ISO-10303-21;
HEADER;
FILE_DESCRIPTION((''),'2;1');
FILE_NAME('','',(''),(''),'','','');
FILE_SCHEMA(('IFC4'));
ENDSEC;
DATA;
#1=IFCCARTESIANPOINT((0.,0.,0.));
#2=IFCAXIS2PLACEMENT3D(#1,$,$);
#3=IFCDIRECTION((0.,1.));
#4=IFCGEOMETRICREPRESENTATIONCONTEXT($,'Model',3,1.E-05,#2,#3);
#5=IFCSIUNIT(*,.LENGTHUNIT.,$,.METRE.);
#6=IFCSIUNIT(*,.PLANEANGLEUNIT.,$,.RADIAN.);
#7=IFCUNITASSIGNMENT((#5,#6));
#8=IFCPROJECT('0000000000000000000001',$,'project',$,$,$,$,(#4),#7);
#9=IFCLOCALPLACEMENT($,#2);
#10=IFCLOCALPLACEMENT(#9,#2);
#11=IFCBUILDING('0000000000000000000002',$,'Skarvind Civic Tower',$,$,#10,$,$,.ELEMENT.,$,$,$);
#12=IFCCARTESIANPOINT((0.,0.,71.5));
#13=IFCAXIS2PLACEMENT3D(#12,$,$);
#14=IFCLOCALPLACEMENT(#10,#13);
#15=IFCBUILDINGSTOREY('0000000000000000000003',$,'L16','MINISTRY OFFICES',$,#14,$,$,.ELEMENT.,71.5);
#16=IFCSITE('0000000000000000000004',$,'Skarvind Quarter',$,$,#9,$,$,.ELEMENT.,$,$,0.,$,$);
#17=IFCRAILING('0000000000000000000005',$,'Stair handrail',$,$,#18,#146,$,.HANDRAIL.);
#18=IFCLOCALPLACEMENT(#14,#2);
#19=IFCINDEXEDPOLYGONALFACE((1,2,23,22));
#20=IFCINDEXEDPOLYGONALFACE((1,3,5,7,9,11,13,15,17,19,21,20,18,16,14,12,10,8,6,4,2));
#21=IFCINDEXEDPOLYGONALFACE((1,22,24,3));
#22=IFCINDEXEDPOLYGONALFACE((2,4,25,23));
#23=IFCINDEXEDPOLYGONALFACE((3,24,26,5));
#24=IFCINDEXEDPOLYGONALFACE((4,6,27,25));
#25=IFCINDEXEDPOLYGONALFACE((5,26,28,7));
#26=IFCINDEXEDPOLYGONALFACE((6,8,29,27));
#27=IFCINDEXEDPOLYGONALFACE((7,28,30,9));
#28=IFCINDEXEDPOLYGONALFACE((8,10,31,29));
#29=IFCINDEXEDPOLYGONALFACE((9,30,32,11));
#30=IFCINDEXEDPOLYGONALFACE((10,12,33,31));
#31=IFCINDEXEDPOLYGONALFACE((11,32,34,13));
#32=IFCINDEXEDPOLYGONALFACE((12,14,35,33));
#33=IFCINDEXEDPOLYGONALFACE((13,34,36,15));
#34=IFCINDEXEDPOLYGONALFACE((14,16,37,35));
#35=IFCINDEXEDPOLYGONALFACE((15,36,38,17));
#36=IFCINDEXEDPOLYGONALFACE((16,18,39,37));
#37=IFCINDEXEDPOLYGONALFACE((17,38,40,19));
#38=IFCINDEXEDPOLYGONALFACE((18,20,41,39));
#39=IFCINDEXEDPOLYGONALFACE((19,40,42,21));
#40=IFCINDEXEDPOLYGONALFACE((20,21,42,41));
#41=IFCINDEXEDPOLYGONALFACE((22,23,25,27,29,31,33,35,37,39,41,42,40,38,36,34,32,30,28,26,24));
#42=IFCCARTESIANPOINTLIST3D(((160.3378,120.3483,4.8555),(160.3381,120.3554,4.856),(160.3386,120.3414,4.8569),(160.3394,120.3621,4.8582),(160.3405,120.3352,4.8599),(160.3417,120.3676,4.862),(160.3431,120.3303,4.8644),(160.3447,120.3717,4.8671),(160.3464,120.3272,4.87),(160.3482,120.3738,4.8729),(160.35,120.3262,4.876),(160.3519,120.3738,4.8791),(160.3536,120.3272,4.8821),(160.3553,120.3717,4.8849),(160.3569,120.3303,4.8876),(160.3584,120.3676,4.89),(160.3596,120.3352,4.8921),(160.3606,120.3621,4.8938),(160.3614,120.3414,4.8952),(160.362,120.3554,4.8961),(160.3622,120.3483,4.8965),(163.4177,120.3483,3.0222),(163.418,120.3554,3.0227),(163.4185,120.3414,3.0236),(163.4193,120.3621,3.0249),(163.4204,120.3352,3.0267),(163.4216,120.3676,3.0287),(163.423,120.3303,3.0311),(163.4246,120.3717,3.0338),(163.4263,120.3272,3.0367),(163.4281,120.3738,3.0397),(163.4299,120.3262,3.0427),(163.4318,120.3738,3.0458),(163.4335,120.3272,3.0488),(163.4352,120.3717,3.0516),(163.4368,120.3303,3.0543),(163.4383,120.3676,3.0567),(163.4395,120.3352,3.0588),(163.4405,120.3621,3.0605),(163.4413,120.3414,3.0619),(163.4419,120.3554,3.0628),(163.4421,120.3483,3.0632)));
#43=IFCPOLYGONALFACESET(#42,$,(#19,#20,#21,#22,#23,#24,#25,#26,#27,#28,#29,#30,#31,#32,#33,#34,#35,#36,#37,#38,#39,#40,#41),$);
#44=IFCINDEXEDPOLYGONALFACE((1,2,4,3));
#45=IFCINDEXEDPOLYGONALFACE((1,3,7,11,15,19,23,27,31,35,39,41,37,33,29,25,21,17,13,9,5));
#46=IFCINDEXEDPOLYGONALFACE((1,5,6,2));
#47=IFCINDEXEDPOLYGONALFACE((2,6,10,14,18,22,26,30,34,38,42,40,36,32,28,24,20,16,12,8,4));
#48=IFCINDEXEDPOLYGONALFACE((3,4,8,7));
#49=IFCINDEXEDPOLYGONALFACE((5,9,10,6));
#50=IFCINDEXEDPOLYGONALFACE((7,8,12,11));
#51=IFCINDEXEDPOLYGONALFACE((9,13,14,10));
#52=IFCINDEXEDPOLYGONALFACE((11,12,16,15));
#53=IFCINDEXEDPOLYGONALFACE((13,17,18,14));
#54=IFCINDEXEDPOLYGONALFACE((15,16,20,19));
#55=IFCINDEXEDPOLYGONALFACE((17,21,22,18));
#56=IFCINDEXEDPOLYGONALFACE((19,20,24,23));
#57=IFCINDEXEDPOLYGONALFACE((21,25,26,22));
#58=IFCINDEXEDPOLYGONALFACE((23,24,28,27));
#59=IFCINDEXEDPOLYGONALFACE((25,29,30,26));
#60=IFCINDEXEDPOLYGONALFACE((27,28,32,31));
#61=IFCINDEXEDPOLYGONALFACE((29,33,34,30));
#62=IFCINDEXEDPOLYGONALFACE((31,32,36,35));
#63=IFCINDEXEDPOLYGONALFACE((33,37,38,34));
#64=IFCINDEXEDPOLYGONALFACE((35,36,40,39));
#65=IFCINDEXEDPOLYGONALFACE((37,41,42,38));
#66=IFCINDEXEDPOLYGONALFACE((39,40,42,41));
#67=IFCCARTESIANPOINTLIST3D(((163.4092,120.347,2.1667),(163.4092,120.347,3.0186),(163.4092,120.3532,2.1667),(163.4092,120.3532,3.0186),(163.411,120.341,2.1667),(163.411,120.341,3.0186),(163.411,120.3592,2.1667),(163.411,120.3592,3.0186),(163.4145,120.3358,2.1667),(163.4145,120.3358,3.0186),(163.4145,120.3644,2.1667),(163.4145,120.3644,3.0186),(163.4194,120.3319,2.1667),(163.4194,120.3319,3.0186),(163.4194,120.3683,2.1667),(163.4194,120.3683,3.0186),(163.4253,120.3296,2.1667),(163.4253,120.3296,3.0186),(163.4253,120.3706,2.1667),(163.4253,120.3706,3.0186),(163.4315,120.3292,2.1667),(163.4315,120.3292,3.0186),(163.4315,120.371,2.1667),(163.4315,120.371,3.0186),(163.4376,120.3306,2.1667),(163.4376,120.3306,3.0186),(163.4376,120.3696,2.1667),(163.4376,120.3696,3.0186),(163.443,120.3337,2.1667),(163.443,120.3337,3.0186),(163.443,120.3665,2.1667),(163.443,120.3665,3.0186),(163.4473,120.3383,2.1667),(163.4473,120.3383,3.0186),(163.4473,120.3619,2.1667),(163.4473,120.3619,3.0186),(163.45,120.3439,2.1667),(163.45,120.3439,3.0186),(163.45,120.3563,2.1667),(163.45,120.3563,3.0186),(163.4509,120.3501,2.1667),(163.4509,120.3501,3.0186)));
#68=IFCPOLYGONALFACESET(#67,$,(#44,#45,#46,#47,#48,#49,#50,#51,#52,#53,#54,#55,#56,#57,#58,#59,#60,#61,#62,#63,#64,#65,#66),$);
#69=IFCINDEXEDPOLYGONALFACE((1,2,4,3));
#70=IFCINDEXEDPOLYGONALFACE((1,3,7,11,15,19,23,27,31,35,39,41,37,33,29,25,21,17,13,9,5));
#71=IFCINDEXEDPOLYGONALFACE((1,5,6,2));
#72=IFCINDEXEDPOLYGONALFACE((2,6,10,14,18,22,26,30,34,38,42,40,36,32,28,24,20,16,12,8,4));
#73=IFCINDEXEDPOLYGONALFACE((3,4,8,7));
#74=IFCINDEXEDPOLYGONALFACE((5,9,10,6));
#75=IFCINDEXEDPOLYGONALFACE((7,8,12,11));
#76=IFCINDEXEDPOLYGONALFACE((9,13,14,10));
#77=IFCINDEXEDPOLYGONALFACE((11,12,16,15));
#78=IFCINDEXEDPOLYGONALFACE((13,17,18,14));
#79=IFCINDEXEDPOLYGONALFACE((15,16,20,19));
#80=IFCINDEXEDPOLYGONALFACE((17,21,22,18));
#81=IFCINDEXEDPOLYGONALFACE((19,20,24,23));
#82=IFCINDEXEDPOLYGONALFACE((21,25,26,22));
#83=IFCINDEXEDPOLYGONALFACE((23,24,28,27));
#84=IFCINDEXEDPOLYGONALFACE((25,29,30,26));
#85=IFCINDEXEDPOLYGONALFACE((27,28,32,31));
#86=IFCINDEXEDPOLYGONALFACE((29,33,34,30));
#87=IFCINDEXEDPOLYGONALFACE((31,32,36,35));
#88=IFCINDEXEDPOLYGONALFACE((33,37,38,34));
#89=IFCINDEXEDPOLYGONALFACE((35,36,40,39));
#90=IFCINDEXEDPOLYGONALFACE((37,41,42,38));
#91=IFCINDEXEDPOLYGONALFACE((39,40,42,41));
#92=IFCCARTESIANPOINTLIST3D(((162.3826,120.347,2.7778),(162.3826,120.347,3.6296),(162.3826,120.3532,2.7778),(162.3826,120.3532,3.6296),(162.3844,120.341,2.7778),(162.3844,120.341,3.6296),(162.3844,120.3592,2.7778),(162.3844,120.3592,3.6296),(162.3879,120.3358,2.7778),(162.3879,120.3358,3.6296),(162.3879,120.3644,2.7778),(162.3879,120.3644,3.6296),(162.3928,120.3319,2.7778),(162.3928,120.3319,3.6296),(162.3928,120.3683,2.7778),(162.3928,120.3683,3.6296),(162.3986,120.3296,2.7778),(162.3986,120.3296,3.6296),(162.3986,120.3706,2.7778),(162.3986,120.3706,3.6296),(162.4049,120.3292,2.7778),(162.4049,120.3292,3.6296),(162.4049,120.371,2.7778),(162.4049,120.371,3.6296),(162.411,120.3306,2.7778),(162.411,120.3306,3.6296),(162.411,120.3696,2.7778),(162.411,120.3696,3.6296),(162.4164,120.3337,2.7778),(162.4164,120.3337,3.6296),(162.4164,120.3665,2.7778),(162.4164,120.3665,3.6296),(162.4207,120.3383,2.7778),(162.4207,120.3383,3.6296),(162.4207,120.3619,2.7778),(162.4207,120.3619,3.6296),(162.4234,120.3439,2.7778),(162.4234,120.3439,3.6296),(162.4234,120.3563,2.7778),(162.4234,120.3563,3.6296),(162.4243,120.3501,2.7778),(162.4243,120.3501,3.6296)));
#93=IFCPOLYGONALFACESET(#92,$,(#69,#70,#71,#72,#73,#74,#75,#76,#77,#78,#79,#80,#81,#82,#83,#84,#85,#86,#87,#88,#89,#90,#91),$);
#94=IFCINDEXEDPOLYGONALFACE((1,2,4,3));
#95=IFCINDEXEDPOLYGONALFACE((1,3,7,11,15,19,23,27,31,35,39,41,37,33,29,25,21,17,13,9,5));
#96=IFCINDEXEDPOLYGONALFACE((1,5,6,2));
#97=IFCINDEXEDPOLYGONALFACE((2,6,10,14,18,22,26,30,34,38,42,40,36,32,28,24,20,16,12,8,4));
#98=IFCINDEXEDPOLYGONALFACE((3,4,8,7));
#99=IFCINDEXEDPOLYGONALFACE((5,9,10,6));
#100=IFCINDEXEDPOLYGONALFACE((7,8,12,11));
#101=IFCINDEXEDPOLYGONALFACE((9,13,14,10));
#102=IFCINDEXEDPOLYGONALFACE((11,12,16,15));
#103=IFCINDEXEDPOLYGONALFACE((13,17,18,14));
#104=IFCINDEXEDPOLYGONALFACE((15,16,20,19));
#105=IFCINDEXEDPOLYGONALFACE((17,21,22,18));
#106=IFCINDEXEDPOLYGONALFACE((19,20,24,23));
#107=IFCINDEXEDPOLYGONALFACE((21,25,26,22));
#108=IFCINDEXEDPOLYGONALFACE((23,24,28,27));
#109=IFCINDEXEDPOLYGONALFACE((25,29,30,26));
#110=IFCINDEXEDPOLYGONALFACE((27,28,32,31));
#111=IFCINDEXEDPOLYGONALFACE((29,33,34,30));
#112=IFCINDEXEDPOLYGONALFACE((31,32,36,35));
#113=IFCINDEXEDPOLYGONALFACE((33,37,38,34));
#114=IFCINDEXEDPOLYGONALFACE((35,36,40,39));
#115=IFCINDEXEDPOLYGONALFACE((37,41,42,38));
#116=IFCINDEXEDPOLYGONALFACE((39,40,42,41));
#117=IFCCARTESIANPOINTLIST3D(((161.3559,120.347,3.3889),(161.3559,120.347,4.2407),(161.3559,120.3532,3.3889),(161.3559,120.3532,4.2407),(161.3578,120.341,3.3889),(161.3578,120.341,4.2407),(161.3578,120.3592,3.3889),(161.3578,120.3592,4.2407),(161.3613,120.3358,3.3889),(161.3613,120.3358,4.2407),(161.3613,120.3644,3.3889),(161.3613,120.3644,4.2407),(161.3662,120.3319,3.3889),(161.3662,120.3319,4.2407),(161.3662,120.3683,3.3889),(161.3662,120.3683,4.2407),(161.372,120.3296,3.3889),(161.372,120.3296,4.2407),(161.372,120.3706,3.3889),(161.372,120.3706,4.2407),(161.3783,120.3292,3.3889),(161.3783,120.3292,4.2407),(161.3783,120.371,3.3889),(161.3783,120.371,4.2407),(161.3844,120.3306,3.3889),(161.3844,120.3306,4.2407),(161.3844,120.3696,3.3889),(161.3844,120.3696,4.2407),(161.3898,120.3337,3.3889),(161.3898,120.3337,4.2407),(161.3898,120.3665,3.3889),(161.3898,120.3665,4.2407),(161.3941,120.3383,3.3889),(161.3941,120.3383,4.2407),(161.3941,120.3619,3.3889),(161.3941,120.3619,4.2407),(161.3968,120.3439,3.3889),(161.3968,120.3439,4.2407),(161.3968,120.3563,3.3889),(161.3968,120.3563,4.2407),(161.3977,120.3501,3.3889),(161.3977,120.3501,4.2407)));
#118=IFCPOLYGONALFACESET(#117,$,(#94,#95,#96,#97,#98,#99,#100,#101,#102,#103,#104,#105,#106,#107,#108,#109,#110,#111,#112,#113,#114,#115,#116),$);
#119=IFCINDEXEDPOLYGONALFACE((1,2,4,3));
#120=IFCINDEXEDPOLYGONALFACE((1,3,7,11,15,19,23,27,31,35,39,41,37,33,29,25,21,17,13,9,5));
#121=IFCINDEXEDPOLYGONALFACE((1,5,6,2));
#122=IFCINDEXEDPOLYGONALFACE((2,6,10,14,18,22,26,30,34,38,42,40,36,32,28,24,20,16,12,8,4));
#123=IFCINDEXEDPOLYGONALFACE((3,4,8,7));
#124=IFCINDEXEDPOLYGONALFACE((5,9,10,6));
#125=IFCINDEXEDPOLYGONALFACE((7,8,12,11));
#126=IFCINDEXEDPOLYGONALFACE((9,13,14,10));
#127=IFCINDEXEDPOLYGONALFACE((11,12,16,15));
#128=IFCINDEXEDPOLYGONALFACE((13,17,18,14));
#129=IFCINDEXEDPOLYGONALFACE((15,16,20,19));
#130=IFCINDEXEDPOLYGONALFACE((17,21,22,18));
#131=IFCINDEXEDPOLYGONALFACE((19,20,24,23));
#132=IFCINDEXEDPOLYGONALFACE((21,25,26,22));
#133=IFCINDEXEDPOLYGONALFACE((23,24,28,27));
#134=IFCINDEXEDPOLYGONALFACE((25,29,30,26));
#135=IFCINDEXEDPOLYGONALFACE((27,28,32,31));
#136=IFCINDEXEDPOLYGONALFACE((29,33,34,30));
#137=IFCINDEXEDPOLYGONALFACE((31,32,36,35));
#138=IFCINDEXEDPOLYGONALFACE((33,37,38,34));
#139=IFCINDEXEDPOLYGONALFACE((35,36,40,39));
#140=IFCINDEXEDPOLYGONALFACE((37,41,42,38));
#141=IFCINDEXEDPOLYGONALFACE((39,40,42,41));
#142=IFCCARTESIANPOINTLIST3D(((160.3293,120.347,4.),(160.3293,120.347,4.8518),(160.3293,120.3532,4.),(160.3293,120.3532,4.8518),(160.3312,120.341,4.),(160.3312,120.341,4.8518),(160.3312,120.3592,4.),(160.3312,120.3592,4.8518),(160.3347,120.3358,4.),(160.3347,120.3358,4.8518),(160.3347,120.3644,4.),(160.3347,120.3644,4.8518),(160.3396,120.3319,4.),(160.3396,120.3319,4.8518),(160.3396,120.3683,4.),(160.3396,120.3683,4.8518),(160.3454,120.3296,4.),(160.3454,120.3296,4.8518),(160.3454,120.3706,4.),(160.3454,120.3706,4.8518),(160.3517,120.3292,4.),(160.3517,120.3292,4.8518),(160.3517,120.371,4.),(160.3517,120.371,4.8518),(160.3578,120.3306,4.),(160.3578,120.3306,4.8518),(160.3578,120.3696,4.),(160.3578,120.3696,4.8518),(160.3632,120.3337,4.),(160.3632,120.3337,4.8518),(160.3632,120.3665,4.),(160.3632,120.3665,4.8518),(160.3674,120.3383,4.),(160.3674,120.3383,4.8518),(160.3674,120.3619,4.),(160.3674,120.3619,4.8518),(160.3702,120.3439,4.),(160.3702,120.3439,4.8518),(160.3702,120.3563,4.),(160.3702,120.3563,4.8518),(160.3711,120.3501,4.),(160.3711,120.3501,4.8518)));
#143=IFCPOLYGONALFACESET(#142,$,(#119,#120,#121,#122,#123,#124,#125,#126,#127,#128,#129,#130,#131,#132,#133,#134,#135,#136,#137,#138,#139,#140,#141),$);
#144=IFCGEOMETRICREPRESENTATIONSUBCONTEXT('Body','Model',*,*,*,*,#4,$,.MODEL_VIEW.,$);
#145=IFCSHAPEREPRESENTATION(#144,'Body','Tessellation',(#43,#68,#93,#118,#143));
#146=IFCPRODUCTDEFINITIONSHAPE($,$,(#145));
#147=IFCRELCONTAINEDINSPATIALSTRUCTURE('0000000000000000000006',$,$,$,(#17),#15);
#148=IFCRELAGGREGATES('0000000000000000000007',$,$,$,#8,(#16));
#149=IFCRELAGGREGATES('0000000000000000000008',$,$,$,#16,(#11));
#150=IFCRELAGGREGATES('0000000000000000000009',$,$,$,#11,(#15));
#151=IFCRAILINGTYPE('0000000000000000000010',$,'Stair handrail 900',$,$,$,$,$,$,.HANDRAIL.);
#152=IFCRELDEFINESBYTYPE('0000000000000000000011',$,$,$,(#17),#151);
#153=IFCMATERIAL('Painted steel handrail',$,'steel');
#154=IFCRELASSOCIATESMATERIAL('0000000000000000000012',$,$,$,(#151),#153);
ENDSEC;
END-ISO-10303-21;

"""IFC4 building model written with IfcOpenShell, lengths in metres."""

from ifc_helpers import new_model, si_unit, direction, frame, origin, origin_2d, place, context, subcontext, project, spatial, circle, extrude, material, type_object, element, save


model = new_model("IFC4")

# Units and contexts
model_context = context("Model", 3, precision=1e-05, world=origin(), true_north=direction((0.0, 1.0)))
body_context = subcontext(model_context, "Body", "Model", "MODEL_VIEW")
ifc_project = project(units=[si_unit("LENGTHUNIT", "METRE"), si_unit("PLANEANGLEUNIT", "RADIAN")], contexts=[model_context])

# Site, building, storey
site_placement = place(None, origin())
site = spatial("IfcSite", under=ifc_project, at=site_placement, Name="Skarvind Quarter", CompositionType="ELEMENT", RefElevation=0.0)
building_placement = place(site_placement, origin())
building = spatial("IfcBuilding", under=site, at=building_placement, Name="Skarvind Civic Tower", CompositionType="ELEMENT")
storey_placement = place(building_placement, frame((0.0, 0.0, 71.5)))
storey = spatial("IfcBuildingStorey", under=building, at=storey_placement, Name="L16", Description="MINISTRY OFFICES", CompositionType="ELEMENT", Elevation=71.5)

# Railing
ifc_material_1 = material(Name="Painted steel handrail", Category="steel")
railing_type = type_object("IfcRailingType", Name="Stair handrail 900", PredefinedType="HANDRAIL", material=ifc_material_1)
railing_placement = place(storey_placement, frame((163.4299, 120.3501, 2.1667)))
element("IfcRailing", 1, at=railing_placement, inside=storey, type_object=railing_type, Name="Stair handrail", PredefinedType="HANDRAIL", context=body_context, shape_type="SweptSolid", body=[
    extrude(circle(Radius=0.0239, at=origin_2d()), frame((0.0, 0.0, 0.876), z_axis=(-0.859291, 0.0, 0.511487), x_axis=(0.0, -1.0, 0.0)), (0.0, 0.0, 1.0), 3.5842),
    extrude(circle(Radius=0.021, at=origin_2d()), origin(), (0.0, 0.0, 1.0), 0.8518),
    extrude(circle(Radius=0.021, at=origin_2d()), frame((-1.0266, 0.0, 0.6111)), (0.0, 0.0, 1.0), 0.8518),
    extrude(circle(Radius=0.021, at=origin_2d()), frame((-2.0532, 0.0, 1.2222)), (0.0, 0.0, 1.0), 0.8518),
    extrude(circle(Radius=0.021, at=origin_2d()), frame((-3.0798, 0.0, 1.8333)), (0.0, 0.0, 1.0), 0.8518),
])

save(model, "model.ifc")
